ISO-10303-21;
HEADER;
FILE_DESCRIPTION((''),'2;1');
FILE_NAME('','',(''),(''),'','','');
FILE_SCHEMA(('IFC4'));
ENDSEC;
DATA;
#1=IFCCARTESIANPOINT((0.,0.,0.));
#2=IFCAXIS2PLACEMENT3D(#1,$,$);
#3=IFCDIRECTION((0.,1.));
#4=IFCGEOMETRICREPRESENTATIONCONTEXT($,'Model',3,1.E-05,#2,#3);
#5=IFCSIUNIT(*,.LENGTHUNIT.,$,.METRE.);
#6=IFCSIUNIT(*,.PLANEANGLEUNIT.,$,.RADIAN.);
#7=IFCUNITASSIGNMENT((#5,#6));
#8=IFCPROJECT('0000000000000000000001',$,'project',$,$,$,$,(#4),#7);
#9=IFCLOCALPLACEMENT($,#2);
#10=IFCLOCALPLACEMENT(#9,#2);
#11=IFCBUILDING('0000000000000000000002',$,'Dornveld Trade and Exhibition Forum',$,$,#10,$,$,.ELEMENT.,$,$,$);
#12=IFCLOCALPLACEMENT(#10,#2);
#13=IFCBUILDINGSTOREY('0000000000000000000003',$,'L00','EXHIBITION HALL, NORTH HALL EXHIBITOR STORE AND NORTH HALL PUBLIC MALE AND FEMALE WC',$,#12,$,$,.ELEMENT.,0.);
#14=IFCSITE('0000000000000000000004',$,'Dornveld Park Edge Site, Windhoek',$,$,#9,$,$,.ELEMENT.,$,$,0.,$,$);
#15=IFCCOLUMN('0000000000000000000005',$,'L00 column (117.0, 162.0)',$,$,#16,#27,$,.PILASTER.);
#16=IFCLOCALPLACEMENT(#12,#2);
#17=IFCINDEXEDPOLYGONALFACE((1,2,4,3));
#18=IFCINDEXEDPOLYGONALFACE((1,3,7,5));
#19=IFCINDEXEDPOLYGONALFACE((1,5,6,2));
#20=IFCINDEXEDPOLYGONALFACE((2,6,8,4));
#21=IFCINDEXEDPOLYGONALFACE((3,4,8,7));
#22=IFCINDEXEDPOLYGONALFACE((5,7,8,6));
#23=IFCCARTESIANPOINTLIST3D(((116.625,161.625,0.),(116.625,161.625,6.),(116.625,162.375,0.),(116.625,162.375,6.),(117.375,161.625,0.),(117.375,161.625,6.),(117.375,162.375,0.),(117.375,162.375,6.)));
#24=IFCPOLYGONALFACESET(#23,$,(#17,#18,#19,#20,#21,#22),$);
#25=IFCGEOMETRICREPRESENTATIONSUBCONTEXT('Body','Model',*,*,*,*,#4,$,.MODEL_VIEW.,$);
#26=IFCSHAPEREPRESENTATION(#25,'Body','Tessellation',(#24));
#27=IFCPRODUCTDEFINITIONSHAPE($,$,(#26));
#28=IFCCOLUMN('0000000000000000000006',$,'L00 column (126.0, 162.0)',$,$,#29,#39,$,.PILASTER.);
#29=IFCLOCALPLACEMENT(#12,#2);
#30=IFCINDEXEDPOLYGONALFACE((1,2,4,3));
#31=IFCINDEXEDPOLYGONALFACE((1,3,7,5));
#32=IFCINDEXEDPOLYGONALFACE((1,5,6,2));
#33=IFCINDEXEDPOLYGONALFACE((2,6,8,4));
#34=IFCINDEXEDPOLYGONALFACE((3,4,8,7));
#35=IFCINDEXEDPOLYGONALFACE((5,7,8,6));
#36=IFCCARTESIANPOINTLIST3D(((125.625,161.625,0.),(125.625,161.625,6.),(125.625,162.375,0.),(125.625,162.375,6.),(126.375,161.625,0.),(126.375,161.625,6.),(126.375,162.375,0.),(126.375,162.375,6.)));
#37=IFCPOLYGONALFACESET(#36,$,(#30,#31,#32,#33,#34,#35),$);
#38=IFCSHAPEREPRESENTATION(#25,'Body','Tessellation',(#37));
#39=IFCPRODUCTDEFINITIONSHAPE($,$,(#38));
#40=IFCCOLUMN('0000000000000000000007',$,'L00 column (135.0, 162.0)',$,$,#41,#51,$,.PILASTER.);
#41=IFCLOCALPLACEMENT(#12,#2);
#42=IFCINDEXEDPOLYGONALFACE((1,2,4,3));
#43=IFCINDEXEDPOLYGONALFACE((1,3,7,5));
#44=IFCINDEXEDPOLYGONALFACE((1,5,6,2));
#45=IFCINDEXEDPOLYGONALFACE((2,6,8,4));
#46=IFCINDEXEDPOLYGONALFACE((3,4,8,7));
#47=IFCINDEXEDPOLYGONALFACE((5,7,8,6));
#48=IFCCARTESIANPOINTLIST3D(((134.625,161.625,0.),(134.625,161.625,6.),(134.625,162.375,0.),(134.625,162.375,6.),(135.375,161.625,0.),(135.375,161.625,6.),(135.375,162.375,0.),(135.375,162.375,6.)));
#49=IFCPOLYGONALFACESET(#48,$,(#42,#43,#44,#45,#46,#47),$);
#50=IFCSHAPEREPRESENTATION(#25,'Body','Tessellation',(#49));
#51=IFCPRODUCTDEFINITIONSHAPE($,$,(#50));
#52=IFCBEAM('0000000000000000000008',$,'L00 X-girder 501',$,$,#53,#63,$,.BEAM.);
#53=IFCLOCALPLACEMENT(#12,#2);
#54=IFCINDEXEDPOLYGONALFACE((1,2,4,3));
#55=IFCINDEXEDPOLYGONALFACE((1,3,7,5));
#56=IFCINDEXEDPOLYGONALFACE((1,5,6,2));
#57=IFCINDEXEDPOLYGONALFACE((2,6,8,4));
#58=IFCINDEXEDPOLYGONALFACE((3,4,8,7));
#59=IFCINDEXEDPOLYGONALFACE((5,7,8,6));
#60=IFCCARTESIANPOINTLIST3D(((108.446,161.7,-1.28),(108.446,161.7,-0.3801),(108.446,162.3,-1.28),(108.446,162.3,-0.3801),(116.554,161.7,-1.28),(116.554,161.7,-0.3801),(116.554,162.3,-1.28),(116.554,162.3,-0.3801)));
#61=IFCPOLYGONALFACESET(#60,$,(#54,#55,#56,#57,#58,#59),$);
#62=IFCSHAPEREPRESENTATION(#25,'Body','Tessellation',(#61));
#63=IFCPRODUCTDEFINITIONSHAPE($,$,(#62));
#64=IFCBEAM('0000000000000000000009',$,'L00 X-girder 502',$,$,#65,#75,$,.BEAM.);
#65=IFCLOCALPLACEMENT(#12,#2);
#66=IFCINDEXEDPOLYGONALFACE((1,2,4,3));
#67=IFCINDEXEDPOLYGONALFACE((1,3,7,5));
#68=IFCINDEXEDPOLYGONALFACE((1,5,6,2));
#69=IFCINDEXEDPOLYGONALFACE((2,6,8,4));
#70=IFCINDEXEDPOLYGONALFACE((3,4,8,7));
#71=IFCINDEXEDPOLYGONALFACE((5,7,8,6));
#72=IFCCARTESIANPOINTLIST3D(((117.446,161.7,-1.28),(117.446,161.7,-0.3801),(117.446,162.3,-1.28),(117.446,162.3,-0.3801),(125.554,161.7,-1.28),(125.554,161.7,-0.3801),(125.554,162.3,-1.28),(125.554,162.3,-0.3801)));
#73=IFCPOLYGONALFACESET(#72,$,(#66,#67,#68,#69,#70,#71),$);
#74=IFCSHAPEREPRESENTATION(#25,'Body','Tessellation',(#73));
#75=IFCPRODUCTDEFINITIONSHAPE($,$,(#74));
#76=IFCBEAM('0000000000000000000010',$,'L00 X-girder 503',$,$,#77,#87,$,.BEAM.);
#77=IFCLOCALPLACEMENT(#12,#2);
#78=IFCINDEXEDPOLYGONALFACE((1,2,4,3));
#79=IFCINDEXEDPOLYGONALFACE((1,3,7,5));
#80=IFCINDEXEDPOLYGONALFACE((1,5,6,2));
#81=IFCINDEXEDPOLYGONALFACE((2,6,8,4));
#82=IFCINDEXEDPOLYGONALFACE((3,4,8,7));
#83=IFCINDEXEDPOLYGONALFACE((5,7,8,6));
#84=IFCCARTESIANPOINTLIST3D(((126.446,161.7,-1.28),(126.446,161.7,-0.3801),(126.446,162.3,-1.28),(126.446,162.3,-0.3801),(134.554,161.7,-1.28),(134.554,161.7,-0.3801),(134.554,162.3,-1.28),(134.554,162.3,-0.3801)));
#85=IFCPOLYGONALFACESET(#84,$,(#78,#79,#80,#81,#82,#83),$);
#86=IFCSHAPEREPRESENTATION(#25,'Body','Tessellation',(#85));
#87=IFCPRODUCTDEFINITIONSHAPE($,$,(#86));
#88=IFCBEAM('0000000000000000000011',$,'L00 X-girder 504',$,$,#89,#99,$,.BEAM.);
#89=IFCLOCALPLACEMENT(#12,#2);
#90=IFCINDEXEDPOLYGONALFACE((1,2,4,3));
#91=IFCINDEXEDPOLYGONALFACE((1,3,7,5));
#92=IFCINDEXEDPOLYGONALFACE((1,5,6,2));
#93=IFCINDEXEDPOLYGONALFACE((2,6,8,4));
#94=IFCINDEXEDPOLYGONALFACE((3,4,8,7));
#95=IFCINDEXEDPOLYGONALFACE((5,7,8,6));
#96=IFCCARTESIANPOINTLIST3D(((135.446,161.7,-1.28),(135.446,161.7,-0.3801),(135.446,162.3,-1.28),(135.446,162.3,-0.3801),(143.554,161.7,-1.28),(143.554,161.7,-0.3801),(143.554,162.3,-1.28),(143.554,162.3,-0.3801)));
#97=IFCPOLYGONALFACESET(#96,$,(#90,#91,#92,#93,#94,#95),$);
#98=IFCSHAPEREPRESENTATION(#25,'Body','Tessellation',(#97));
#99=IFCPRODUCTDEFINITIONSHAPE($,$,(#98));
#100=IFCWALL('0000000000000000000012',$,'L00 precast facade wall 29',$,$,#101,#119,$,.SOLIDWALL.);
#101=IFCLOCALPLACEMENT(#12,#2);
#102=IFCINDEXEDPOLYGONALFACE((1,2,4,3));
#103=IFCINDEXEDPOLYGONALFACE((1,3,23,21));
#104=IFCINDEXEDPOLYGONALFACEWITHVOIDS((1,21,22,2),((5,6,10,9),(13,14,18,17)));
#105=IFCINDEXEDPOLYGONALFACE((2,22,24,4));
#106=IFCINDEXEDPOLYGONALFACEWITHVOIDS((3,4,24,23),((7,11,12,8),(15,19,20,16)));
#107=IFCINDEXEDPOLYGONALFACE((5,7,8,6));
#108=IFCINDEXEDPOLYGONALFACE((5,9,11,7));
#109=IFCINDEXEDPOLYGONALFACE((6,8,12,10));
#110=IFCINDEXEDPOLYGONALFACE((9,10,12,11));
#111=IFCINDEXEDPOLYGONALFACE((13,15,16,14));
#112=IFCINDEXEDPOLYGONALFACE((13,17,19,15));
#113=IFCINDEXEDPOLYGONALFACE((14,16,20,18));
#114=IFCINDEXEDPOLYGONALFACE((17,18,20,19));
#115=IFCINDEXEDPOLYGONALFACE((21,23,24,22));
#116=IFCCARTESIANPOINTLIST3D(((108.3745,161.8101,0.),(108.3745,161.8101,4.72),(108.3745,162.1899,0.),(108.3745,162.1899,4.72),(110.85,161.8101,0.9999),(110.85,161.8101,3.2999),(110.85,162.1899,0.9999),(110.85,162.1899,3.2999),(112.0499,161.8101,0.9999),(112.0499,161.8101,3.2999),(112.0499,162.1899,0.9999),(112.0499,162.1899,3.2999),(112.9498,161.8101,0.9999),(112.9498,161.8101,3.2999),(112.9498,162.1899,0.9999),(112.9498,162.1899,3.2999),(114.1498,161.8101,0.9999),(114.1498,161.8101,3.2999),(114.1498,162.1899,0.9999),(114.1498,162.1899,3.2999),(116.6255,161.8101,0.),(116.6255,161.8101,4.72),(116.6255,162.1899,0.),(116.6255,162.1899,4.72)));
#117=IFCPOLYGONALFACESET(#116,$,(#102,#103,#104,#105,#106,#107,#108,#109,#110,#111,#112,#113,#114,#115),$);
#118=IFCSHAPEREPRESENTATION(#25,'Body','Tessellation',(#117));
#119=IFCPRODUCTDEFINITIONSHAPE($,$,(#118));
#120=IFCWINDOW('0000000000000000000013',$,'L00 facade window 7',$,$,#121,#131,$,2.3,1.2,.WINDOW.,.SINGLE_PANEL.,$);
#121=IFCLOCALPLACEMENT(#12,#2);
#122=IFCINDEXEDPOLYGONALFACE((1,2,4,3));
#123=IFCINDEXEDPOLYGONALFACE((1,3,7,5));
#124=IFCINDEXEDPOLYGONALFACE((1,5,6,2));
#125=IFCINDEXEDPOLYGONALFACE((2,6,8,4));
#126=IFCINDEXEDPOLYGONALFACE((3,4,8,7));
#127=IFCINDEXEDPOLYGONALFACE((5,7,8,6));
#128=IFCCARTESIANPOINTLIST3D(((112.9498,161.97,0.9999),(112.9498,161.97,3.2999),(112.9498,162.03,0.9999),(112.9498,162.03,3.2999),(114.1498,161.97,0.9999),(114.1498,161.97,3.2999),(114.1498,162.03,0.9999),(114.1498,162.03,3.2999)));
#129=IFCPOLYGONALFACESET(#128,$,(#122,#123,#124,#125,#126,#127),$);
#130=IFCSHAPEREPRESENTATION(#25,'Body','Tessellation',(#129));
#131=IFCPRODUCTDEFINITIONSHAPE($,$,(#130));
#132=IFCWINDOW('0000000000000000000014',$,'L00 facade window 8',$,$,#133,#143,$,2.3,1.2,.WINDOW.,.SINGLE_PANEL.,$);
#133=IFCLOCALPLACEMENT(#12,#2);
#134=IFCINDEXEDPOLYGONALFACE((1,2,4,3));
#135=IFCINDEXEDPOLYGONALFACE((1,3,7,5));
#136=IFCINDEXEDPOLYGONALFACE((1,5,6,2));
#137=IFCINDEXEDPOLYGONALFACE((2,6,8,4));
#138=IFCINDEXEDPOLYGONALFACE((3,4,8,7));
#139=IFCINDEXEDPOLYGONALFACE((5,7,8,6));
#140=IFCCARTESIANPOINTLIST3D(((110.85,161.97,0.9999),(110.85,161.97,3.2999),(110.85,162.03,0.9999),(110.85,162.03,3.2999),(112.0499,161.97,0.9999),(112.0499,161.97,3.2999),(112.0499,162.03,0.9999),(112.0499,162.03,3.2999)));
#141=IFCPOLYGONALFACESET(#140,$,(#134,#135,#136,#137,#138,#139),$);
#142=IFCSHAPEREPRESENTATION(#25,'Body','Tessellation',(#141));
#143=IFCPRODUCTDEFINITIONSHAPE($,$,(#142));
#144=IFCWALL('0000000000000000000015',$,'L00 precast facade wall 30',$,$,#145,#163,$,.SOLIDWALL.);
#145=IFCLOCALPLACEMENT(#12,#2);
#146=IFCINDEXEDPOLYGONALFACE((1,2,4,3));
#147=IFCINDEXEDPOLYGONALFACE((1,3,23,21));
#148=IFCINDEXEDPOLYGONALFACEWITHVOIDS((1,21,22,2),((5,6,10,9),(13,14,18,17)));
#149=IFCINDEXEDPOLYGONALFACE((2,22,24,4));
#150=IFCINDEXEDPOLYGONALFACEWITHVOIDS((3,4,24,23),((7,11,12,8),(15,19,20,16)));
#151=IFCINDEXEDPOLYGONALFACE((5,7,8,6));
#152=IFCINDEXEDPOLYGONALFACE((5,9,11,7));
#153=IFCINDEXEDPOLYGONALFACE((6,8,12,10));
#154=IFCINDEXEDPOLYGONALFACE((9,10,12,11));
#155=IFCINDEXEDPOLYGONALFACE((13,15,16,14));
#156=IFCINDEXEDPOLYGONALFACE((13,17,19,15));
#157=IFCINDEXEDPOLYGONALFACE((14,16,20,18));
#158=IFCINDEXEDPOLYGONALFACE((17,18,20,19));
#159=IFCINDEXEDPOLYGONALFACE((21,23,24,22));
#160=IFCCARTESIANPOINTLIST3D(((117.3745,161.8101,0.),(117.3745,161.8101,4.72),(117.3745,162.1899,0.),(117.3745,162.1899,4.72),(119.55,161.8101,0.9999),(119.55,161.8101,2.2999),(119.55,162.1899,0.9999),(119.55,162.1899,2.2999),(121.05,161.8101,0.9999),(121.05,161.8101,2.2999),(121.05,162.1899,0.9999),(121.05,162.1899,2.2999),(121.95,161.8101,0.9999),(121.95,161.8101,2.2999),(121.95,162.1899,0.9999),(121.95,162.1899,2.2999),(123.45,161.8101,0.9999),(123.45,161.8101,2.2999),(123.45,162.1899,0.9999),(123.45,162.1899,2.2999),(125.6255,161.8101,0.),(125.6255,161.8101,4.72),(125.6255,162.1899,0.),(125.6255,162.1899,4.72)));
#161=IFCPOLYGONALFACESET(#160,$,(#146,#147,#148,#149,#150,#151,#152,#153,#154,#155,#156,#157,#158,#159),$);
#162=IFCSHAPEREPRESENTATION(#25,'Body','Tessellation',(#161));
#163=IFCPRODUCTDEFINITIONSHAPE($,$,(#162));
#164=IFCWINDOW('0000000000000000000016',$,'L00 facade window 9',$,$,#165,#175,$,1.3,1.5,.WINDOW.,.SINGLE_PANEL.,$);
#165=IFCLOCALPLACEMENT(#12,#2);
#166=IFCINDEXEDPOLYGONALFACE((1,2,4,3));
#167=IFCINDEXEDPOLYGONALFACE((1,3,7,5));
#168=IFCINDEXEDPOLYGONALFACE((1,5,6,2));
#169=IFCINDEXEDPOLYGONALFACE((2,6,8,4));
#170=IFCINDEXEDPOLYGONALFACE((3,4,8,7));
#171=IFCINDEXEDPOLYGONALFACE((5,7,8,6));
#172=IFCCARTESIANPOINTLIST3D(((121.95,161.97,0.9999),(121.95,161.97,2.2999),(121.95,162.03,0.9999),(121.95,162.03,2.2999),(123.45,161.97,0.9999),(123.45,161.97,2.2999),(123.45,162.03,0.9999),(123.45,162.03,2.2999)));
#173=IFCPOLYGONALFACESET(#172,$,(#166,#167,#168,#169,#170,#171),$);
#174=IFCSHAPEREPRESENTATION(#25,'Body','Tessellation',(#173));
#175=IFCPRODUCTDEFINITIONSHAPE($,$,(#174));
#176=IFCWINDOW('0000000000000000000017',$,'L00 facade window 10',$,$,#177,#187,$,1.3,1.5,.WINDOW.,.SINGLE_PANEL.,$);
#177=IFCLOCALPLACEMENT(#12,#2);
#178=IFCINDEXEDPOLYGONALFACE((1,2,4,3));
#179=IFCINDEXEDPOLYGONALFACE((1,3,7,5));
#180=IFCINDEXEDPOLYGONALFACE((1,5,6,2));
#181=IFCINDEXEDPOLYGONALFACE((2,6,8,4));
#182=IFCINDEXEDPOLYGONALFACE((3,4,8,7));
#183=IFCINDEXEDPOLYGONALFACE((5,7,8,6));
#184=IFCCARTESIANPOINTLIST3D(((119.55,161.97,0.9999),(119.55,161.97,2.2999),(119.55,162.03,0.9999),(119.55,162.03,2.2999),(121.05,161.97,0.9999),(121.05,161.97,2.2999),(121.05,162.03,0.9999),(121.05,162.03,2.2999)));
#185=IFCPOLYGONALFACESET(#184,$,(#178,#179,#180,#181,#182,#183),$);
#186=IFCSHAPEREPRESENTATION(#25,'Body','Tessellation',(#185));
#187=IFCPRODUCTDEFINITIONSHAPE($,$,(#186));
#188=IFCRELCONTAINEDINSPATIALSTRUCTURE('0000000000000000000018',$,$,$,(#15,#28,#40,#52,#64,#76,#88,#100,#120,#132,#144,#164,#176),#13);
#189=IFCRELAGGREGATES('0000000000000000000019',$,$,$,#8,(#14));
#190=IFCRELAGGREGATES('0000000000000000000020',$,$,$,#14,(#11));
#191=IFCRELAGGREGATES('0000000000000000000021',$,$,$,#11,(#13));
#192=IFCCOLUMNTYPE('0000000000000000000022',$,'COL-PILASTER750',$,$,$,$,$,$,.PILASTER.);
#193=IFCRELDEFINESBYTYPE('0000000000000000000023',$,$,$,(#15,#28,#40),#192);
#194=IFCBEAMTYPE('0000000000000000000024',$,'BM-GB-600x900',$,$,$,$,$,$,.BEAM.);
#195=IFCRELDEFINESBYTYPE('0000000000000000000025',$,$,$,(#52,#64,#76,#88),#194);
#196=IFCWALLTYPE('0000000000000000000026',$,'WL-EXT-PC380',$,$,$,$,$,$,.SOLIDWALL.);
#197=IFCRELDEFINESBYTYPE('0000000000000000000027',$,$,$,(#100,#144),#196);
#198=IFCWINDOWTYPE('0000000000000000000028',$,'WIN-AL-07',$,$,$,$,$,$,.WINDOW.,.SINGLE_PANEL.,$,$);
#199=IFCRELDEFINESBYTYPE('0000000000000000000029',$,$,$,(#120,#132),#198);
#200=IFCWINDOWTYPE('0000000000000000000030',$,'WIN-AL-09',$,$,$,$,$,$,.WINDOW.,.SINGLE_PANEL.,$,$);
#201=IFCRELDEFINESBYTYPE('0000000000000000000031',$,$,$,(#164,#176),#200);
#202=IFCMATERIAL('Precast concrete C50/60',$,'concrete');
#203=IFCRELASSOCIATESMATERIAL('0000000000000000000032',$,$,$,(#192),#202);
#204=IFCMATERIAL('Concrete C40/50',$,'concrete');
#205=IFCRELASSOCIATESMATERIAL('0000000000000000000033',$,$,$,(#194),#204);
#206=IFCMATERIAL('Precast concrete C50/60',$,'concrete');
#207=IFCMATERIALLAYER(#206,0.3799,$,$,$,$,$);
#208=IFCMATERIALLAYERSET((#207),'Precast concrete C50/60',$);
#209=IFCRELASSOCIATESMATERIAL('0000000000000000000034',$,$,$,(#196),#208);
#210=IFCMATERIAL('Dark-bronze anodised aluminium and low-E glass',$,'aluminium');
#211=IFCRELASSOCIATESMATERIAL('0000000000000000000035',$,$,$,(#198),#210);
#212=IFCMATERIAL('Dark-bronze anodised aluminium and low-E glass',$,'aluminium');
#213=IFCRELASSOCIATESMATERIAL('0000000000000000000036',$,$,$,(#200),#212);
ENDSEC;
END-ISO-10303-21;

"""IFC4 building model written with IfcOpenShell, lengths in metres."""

from ifc_helpers import new_model, si_unit, direction, frame, frame_2d, origin, origin_2d, place, context, subcontext, project, spatial, rectangle, extrude, material, layer, layer_set, material_profile, profile_set, type_object, element, fill, save


model = new_model("IFC4")

# Units and contexts
model_context = context("Model", 3, precision=1e-05, world=origin(), true_north=direction((0.0, 1.0)))
body_context = subcontext(model_context, "Body", "Model", "MODEL_VIEW")
ifc_project = project(units=[si_unit("LENGTHUNIT", "METRE"), si_unit("PLANEANGLEUNIT", "RADIAN")], contexts=[model_context])

# Site, building, storey
site_placement = place(None, origin())
site = spatial("IfcSite", under=ifc_project, at=site_placement, Name="Dornveld Park Edge Site, Windhoek", CompositionType="ELEMENT", RefElevation=0.0)
building_placement = place(site_placement, origin())
building = spatial("IfcBuilding", under=site, at=building_placement, Name="Dornveld Trade and Exhibition Forum", CompositionType="ELEMENT")
storey_placement = place(building_placement, origin())
storey = spatial("IfcBuildingStorey", under=building, at=storey_placement, Name="L00", Description="EXHIBITION HALL, NORTH HALL EXHIBITOR STORE AND NORTH HALL PUBLIC MALE AND FEMALE WC", CompositionType="ELEMENT", Elevation=0.0)

# Columns
ifc_material_1 = material(Name="Precast concrete C50/60", Category="concrete")
ifc_material_profile_1 = material_profile(ifc_material_1, rectangle(XDim=0.75, YDim=0.75, at=origin_2d()), Name="PC-COL 750x750")
ifc_profile_set_1 = profile_set([ifc_material_profile_1], Name="Precast concrete C50/60")
column_type = type_object("IfcColumnType", Name="COL-PILASTER750", PredefinedType="PILASTER", material=ifc_profile_set_1)
for number, where, z_axis, x_axis, name in (
    (1, (117.0, 162.0, 0.0), (0.0, 0.0, 1.0), (1.0, 0.0, 0.0), "L00 column (117.0, 162.0)"),
    (2, (126.0, 162.0, 0.0), (0.0, 0.0, 1.0), (1.0, 0.0, 0.0), "L00 column (126.0, 162.0)"),
    (3, (135.0, 162.0, 0.0), (0.0, 0.0, 1.0), (1.0, 0.0, 0.0), "L00 column (135.0, 162.0)"),
):
    element("IfcColumn", number, at=place(storey_placement, frame(where, z_axis=z_axis, x_axis=x_axis)), inside=storey, type_object=column_type, Name=name, PredefinedType="PILASTER", context=body_context, shape_type="SweptSolid", body=[
        extrude(rectangle(XDim=0.75, YDim=0.75, at=origin_2d()), origin(), (0.0, 0.0, 1.0), 6.0),
    ])

# Beams
ifc_material_2 = material(Name="Concrete C40/50", Category="concrete")
ifc_material_profile_2 = material_profile(ifc_material_2, rectangle(XDim=0.6001, YDim=0.8999, at=origin_2d()), Name="RC-GB 600x900")
ifc_profile_set_2 = profile_set([ifc_material_profile_2], Name="Concrete C40/50")
beam_type = type_object("IfcBeamType", Name="BM-GB-600x900", PredefinedType="BEAM", material=ifc_profile_set_2)
for number, where, z_axis, x_axis, name in (
    (4, (108.446, 162.0, -0.8301), (1.0, 0.0, 0.0), (0.0, 1.0, 0.0), "L00 X-girder 501"),
    (5, (117.446, 162.0, -0.8301), (1.0, 0.0, 0.0), (0.0, 1.0, 0.0), "L00 X-girder 502"),
    (6, (126.446, 162.0, -0.8301), (1.0, 0.0, 0.0), (0.0, 1.0, 0.0), "L00 X-girder 503"),
    (7, (135.446, 162.0, -0.8301), (1.0, 0.0, 0.0), (0.0, 1.0, 0.0), "L00 X-girder 504"),
):
    element("IfcBeam", number, at=place(storey_placement, frame(where, z_axis=z_axis, x_axis=x_axis)), inside=storey, type_object=beam_type, Name=name, PredefinedType="BEAM", context=body_context, shape_type="SweptSolid", body=[
        extrude(rectangle(XDim=0.6001, YDim=0.8999, at=origin_2d()), origin(), (0.0, 0.0, 1.0), 8.1079),
    ])

# Walls, openings, windows
ifc_material_3 = material(Name="Precast concrete C50/60", Category="concrete")
ifc_layer_1 = layer(ifc_material_3, 0.3799)
ifc_layer_set_1 = layer_set([ifc_layer_1], Name="Precast concrete C50/60")
wall_type = type_object("IfcWallType", Name="WL-EXT-PC380", PredefinedType="SOLIDWALL", material=ifc_layer_set_1)
wall_1_placement = place(storey_placement, frame((116.6255, 162.0, 0.0), z_axis=(0.0, 0.0, 1.0), x_axis=(-1.0, 0.0, 0.0)))
wall_1 = element("IfcWall", 8, at=wall_1_placement, inside=storey, type_object=wall_type, Name="L00 precast facade wall 29", PredefinedType="SOLIDWALL", context=body_context, shape_type="SweptSolid", body=[
    extrude(rectangle(XDim=8.251, YDim=0.3799, at=frame_2d((4.1255, 0.0))), origin(), (0.0, 0.0, 1.0), 4.72),
])
opening_1_placement = place(wall_1_placement, frame((2.4756, 0.0, 1.0)))
opening_1 = element("IfcOpeningElement", 9, at=opening_1_placement, cuts=wall_1, PredefinedType="OPENING", context=body_context, shape_type="SweptSolid", body=[
    extrude(rectangle(XDim=1.2, YDim=2.3, at=frame_2d((0.6001, 1.1499))), frame((0.0, 0.2, 0.0), z_axis=(0.0, -1.0, 0.0), x_axis=(1.0, 0.0, 0.0)), (0.0, 0.0, 1.0), 0.3999),
])
opening_2_placement = place(wall_1_placement, frame((4.5754, 0.0, 1.0)))
opening_2 = element("IfcOpeningElement", 10, at=opening_2_placement, cuts=wall_1, PredefinedType="OPENING", context=body_context, shape_type="SweptSolid", body=[
    extrude(rectangle(XDim=1.2, YDim=2.3, at=frame_2d((0.6001, 1.1499))), frame((0.0, 0.2, 0.0), z_axis=(0.0, -1.0, 0.0), x_axis=(1.0, 0.0, 0.0)), (0.0, 0.0, 1.0), 0.3999),
])
ifc_material_4 = material(Name="Dark-bronze anodised aluminium and low-E glass", Category="aluminium")
window_type_1 = type_object("IfcWindowType", Name="WIN-AL-07", PartitioningType="SINGLE_PANEL", PredefinedType="WINDOW", material=ifc_material_4)
window_1_placement = place(opening_1_placement, origin())
window_1 = element("IfcWindow", 11, at=window_1_placement, inside=storey, type_object=window_type_1, Name="L00 facade window 7", OverallHeight=2.3, OverallWidth=1.2, PartitioningType="SINGLE_PANEL", PredefinedType="WINDOW", context=body_context, shape_type="SweptSolid", body=[
    extrude(rectangle(XDim=1.2, YDim=2.3, at=frame_2d((0.6001, 1.1499))), frame((0.0, 0.03, 0.0), z_axis=(0.0, -1.0, 0.0), x_axis=(1.0, 0.0, 0.0)), (0.0, 0.0, 1.0), 0.0601),
])
fill(opening_1, window_1)
window_2_placement = place(opening_2_placement, origin())
window_2 = element("IfcWindow", 12, at=window_2_placement, inside=storey, type_object=window_type_1, Name="L00 facade window 8", OverallHeight=2.3, OverallWidth=1.2, PartitioningType="SINGLE_PANEL", PredefinedType="WINDOW", context=body_context, shape_type="SweptSolid", body=[
    extrude(rectangle(XDim=1.2, YDim=2.3, at=frame_2d((0.6001, 1.1499))), frame((0.0, 0.03, 0.0), z_axis=(0.0, -1.0, 0.0), x_axis=(1.0, 0.0, 0.0)), (0.0, 0.0, 1.0), 0.0601),
])
fill(opening_2, window_2)
wall_2_placement = place(storey_placement, frame((125.6255, 162.0, 0.0), z_axis=(0.0, 0.0, 1.0), x_axis=(-1.0, 0.0, 0.0)))
wall_2 = element("IfcWall", 13, at=wall_2_placement, inside=storey, type_object=wall_type, Name="L00 precast facade wall 30", PredefinedType="SOLIDWALL", context=body_context, shape_type="SweptSolid", body=[
    extrude(rectangle(XDim=8.251, YDim=0.3799, at=frame_2d((4.1255, 0.0))), origin(), (0.0, 0.0, 1.0), 4.72),
])
opening_3_placement = place(wall_2_placement, frame((2.1755, 0.0, 1.0)))
opening_3 = element("IfcOpeningElement", 14, at=opening_3_placement, cuts=wall_2, PredefinedType="OPENING", context=body_context, shape_type="SweptSolid", body=[
    extrude(rectangle(XDim=1.5, YDim=1.3, at=frame_2d((0.75, 0.6499))), frame((0.0, 0.2, 0.0), z_axis=(0.0, -1.0, 0.0), x_axis=(1.0, 0.0, 0.0)), (0.0, 0.0, 1.0), 0.3999),
])
opening_4_placement = place(wall_2_placement, frame((4.5754, 0.0, 1.0)))
opening_4 = element("IfcOpeningElement", 15, at=opening_4_placement, cuts=wall_2, PredefinedType="OPENING", context=body_context, shape_type="SweptSolid", body=[
    extrude(rectangle(XDim=1.5, YDim=1.3, at=frame_2d((0.75, 0.6499))), frame((0.0, 0.2, 0.0), z_axis=(0.0, -1.0, 0.0), x_axis=(1.0, 0.0, 0.0)), (0.0, 0.0, 1.0), 0.3999),
])
ifc_material_5 = material(Name="Dark-bronze anodised aluminium and low-E glass", Category="aluminium")
window_type_2 = type_object("IfcWindowType", Name="WIN-AL-09", PartitioningType="SINGLE_PANEL", PredefinedType="WINDOW", material=ifc_material_5)
window_3_placement = place(opening_3_placement, origin())
window_3 = element("IfcWindow", 16, at=window_3_placement, inside=storey, type_object=window_type_2, Name="L00 facade window 9", OverallHeight=1.3, OverallWidth=1.5, PartitioningType="SINGLE_PANEL", PredefinedType="WINDOW", context=body_context, shape_type="SweptSolid", body=[
    extrude(rectangle(XDim=1.5, YDim=1.3, at=frame_2d((0.75, 0.6499))), frame((0.0, 0.03, 0.0), z_axis=(0.0, -1.0, 0.0), x_axis=(1.0, 0.0, 0.0)), (0.0, 0.0, 1.0), 0.0601),
])
fill(opening_3, window_3)
window_4_placement = place(opening_4_placement, origin())
window_4 = element("IfcWindow", 17, at=window_4_placement, inside=storey, type_object=window_type_2, Name="L00 facade window 10", OverallHeight=1.3, OverallWidth=1.5, PartitioningType="SINGLE_PANEL", PredefinedType="WINDOW", context=body_context, shape_type="SweptSolid", body=[
    extrude(rectangle(XDim=1.5, YDim=1.3, at=frame_2d((0.75, 0.6499))), frame((0.0, 0.03, 0.0), z_axis=(0.0, -1.0, 0.0), x_axis=(1.0, 0.0, 0.0)), (0.0, 0.0, 1.0), 0.0601),
])
fill(opening_4, window_4)

save(model, "model.ifc")
